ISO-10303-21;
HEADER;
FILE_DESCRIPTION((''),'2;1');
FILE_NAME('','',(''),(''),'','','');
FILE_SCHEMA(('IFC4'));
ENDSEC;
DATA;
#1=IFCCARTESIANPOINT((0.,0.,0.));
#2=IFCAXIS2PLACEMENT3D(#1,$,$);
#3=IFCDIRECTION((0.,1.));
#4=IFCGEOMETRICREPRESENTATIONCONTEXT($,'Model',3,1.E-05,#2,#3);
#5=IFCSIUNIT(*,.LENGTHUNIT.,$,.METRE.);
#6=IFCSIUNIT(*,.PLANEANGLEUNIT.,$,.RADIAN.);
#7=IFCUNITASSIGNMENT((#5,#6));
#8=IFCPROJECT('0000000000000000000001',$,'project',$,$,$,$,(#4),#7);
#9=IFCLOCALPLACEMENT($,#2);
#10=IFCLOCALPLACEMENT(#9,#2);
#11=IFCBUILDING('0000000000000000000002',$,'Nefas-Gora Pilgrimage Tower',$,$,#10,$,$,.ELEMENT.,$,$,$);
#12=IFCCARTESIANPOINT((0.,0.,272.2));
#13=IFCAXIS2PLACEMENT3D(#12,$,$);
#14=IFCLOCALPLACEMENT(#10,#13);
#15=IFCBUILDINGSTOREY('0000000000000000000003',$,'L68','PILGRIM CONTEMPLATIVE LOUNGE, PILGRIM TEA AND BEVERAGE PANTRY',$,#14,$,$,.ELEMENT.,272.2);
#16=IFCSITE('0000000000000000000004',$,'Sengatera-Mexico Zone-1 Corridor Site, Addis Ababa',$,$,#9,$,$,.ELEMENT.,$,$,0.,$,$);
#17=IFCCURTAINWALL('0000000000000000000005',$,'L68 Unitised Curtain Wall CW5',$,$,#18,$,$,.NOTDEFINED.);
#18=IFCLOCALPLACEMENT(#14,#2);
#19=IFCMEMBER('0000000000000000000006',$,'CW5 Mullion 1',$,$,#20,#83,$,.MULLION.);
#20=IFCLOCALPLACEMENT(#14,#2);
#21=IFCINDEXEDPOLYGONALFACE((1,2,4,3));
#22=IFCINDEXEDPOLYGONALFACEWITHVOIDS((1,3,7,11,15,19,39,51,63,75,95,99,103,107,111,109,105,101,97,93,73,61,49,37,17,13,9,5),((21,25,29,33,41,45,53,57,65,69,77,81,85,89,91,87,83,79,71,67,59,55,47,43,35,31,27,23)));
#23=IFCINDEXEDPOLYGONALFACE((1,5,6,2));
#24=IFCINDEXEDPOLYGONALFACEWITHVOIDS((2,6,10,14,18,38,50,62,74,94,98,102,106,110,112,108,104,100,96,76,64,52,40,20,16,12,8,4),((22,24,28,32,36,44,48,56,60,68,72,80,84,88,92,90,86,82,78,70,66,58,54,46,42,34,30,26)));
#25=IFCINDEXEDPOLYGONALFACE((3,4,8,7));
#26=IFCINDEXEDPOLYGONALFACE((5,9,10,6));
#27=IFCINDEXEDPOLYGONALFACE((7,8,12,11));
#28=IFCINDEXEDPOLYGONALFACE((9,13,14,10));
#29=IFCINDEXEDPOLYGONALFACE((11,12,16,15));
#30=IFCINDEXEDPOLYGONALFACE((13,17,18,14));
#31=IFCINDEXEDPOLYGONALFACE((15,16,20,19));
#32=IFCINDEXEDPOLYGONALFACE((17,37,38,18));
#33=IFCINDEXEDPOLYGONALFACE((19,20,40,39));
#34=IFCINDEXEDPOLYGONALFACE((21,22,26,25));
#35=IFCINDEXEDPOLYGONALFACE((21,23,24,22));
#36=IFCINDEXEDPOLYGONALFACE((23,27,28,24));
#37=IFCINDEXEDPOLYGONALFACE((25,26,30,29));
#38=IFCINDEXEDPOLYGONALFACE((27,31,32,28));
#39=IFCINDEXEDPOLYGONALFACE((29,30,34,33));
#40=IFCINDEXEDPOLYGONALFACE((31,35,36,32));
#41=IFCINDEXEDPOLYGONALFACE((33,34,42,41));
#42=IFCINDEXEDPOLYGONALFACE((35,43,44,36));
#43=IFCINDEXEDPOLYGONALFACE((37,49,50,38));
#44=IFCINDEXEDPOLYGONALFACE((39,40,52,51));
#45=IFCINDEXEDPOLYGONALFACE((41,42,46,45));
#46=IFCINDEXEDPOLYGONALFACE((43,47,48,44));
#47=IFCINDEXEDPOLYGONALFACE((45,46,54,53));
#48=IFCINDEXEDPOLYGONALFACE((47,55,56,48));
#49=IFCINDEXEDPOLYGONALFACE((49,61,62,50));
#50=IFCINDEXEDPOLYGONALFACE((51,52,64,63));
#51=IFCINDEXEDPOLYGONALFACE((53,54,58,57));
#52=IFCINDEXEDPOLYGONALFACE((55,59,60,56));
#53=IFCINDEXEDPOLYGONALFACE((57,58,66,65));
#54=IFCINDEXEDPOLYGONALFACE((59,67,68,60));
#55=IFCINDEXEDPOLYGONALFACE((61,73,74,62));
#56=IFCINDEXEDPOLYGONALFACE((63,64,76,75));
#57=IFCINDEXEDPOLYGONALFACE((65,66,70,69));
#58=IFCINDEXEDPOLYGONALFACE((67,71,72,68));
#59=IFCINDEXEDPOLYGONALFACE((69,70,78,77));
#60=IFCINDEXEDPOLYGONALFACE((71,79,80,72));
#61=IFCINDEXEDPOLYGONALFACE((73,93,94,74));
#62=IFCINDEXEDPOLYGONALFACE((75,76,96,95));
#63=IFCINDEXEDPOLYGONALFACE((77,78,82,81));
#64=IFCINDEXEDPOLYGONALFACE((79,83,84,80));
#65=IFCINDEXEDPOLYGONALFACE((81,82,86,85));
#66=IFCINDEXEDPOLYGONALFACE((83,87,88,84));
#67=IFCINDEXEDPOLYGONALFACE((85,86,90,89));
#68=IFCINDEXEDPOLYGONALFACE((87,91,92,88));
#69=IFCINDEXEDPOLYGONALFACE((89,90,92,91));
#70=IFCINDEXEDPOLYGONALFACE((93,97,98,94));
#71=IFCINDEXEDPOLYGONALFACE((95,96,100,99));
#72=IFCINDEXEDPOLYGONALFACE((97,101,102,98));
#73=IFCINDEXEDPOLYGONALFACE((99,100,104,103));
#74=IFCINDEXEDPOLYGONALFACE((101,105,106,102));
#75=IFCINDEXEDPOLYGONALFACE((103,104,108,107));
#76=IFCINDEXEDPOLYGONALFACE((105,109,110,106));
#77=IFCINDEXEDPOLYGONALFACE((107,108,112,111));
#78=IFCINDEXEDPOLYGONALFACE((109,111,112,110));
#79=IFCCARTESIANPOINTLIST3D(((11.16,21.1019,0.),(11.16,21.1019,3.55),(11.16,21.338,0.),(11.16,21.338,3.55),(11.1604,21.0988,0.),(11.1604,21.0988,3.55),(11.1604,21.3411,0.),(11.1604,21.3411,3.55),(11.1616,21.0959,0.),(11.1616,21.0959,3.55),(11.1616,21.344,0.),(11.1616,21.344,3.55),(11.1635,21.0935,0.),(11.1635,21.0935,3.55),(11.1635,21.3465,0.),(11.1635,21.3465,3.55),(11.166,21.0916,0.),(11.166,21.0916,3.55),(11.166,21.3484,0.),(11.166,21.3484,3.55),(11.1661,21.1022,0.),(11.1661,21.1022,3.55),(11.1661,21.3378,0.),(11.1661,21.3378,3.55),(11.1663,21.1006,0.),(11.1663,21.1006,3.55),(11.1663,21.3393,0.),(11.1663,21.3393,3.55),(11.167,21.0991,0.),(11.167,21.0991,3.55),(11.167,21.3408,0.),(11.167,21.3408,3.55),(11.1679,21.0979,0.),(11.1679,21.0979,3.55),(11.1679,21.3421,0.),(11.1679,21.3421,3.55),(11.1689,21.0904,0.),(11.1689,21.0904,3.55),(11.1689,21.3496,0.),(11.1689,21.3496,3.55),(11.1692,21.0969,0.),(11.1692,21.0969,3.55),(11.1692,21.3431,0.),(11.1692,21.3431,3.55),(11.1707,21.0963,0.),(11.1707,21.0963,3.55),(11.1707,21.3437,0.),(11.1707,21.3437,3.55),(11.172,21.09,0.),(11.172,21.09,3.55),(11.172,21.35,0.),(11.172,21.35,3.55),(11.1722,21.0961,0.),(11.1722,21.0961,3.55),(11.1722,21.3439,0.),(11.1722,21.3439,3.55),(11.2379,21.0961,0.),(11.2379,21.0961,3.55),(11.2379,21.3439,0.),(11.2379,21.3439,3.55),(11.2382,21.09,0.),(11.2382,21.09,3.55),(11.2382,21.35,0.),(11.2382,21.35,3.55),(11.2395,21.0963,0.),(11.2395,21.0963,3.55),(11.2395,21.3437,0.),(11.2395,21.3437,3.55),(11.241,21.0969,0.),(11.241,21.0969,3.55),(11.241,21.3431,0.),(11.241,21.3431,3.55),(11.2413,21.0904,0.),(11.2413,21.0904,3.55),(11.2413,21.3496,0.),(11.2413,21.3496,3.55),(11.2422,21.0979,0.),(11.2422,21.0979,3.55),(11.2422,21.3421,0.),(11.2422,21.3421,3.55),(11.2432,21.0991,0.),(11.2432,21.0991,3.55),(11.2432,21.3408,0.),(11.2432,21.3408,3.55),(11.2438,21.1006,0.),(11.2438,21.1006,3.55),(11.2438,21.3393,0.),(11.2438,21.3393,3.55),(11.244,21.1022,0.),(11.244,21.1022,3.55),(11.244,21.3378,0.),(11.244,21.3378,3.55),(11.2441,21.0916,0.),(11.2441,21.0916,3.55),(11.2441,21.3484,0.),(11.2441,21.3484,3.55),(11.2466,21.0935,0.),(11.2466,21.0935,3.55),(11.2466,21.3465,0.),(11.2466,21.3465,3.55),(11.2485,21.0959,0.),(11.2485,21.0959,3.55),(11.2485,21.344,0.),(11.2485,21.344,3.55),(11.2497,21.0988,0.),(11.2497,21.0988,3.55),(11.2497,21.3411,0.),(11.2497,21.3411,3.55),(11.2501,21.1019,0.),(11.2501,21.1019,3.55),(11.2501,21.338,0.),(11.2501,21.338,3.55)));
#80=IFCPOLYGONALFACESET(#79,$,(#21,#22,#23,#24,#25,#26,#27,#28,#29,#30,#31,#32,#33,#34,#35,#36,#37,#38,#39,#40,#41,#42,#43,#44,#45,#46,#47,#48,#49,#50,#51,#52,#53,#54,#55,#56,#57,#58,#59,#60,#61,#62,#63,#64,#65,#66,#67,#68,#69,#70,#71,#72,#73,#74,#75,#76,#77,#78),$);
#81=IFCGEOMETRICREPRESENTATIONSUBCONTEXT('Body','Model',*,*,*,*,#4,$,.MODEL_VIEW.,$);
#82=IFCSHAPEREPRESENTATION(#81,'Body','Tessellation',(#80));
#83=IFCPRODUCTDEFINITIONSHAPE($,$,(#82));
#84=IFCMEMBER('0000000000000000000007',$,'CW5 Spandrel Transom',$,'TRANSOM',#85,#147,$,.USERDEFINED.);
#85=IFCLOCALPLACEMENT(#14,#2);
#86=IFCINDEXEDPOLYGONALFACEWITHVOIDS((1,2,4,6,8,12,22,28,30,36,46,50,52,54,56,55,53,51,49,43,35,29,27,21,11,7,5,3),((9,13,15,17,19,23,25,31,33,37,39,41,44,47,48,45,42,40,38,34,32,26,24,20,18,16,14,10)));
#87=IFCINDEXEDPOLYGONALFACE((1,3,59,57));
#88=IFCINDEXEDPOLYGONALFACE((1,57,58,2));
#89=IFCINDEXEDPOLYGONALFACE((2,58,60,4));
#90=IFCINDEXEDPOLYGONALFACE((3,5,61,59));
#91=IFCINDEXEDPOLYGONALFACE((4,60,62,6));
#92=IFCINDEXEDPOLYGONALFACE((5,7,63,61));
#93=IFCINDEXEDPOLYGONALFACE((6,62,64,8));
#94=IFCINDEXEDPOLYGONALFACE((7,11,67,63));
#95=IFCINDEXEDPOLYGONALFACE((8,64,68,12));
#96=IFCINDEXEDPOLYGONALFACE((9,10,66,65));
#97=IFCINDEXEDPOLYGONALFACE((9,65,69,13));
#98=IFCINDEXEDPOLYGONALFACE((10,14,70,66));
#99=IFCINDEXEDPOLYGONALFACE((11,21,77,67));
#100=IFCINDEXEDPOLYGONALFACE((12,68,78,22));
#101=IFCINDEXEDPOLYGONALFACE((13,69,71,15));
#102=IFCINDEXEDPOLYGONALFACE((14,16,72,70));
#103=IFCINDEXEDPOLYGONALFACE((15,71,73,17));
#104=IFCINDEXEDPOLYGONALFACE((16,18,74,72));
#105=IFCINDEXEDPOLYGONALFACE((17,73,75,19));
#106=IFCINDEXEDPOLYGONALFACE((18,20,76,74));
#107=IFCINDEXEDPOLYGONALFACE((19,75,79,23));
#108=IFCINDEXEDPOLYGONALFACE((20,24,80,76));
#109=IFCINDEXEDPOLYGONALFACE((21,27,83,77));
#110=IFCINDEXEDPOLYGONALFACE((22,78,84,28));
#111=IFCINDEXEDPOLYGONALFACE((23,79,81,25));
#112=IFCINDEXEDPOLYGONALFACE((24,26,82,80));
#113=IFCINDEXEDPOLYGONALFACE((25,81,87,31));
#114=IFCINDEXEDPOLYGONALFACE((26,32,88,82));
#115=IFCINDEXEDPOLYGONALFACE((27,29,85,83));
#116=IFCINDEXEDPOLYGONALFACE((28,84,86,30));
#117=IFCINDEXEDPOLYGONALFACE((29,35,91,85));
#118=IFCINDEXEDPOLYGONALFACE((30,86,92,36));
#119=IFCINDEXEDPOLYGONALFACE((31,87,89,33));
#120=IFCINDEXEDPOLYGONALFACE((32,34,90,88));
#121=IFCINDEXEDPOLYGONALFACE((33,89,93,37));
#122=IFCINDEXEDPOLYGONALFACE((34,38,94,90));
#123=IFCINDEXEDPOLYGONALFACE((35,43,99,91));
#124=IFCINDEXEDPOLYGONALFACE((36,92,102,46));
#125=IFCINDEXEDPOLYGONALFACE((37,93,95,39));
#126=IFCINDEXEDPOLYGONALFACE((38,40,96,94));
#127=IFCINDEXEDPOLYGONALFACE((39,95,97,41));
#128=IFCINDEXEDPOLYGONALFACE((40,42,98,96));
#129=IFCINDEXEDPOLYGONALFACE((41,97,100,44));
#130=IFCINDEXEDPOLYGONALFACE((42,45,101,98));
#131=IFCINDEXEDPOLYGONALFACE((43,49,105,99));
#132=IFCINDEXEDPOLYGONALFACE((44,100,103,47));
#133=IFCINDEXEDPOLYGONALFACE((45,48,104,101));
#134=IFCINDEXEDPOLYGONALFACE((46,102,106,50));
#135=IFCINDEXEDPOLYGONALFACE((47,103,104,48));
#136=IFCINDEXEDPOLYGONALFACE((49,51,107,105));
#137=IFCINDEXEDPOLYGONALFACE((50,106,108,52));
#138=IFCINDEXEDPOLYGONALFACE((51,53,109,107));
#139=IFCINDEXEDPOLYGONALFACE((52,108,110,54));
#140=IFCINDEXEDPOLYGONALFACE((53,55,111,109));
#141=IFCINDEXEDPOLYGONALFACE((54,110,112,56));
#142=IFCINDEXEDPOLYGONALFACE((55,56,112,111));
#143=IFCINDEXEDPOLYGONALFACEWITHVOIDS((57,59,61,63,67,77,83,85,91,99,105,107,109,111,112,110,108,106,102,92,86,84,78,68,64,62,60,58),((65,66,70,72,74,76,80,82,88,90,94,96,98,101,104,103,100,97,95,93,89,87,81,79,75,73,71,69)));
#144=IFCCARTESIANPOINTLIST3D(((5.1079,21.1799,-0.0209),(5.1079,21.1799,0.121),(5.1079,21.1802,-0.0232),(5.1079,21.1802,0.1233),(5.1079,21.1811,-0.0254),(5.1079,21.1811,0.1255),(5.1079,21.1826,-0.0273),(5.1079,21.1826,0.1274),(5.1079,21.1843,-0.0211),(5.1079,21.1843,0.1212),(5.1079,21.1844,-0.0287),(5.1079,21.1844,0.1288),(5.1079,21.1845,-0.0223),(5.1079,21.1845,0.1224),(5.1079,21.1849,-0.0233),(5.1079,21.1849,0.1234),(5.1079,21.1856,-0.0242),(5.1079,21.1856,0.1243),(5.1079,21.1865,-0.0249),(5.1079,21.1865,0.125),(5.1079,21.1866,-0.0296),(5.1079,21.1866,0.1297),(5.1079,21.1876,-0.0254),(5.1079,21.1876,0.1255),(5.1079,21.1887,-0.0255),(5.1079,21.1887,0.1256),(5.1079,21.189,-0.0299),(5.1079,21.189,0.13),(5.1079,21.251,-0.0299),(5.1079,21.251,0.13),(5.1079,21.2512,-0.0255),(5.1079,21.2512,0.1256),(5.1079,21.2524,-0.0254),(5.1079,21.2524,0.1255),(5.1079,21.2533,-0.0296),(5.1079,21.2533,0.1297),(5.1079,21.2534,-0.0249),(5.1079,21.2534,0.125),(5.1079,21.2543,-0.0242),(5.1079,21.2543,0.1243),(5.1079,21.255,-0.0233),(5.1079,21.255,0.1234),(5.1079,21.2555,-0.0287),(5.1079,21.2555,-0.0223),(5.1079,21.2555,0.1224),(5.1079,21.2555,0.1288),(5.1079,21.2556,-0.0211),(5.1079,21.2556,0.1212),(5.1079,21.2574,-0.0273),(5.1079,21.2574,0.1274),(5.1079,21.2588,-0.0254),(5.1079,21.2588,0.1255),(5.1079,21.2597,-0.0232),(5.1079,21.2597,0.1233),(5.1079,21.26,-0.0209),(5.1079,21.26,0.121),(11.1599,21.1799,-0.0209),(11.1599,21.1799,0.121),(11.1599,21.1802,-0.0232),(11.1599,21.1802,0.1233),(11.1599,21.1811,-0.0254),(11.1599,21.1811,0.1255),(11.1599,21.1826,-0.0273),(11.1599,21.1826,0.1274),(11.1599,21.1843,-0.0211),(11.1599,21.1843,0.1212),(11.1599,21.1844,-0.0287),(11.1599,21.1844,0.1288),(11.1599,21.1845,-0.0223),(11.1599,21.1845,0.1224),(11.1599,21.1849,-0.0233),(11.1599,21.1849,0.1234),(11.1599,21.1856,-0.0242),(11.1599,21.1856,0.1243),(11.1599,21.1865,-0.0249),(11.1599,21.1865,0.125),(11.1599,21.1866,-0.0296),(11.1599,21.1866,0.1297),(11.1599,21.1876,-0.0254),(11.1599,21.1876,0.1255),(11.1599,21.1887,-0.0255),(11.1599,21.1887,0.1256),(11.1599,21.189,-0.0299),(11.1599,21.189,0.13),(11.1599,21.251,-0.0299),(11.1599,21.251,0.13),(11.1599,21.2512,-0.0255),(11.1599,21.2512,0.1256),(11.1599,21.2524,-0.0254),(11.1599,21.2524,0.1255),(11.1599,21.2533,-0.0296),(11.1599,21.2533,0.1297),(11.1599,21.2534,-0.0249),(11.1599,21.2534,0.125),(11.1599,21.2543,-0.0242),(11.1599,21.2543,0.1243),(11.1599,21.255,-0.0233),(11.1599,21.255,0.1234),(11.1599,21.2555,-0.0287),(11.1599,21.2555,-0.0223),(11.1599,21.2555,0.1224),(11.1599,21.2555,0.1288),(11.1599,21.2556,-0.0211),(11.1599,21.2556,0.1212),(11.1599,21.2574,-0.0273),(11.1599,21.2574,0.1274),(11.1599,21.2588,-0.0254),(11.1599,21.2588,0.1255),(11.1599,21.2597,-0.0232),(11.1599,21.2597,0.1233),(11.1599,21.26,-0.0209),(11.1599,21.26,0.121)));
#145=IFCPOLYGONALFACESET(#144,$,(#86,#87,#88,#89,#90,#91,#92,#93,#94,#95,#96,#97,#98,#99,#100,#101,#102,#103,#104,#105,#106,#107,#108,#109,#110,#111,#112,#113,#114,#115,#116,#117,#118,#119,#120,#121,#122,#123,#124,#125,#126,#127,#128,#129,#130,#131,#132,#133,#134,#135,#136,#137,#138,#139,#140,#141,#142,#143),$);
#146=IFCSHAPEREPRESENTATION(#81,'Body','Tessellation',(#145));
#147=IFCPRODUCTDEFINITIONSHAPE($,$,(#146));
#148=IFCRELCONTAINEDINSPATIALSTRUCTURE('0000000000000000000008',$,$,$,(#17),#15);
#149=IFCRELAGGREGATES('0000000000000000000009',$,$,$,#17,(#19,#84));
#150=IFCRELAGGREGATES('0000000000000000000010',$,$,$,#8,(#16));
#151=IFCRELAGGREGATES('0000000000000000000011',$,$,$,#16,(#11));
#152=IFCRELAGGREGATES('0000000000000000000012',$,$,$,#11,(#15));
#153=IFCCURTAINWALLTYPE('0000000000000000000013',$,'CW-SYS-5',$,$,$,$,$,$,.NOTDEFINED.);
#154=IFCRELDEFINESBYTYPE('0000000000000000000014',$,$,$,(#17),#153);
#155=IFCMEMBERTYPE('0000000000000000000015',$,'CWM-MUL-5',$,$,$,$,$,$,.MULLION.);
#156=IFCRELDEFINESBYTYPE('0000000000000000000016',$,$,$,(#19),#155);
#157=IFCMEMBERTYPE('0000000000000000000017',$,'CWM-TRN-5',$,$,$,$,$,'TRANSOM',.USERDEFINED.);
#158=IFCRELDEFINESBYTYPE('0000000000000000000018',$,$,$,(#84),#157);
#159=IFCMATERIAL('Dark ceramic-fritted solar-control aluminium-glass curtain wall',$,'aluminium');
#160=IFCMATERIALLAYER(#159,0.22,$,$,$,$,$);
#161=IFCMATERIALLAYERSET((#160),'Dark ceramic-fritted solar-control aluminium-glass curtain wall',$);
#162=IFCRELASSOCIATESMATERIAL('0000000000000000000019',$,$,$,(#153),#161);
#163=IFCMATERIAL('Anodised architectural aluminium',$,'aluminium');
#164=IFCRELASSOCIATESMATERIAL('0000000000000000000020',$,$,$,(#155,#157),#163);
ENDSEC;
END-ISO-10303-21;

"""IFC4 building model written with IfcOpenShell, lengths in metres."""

from ifc_helpers import new_model, si_unit, direction, frame, origin, origin_2d, place, context, subcontext, project, spatial, hollow_rectangle, extrude, source, transform, mapped, material, layer, layer_set, material_profile, profile_set, type_object, element, aggregate, save


model = new_model("IFC4")

# Units and contexts
model_context = context("Model", 3, precision=1e-05, world=origin(), true_north=direction((0.0, 1.0)))
body_context = subcontext(model_context, "Body", "Model", "MODEL_VIEW")
ifc_project = project(units=[si_unit("LENGTHUNIT", "METRE"), si_unit("PLANEANGLEUNIT", "RADIAN")], contexts=[model_context])

# Site, building, storey
site_placement = place(None, origin())
site = spatial("IfcSite", under=ifc_project, at=site_placement, Name="Sengatera-Mexico Zone-1 Corridor Site, Addis Ababa", CompositionType="ELEMENT", RefElevation=0.0)
building_placement = place(site_placement, origin())
building = spatial("IfcBuilding", under=site, at=building_placement, Name="Nefas-Gora Pilgrimage Tower", CompositionType="ELEMENT")
storey_placement = place(building_placement, frame((0.0, 0.0, 272.2)))
storey = spatial("IfcBuildingStorey", under=building, at=storey_placement, Name="L68", Description="PILGRIM CONTEMPLATIVE LOUNGE, PILGRIM TEA AND BEVERAGE PANTRY", CompositionType="ELEMENT", Elevation=272.2)

# Curtain wall, members
ifc_material_1 = material(Name="Dark ceramic-fritted solar-control aluminium-glass curtain wall", Category="aluminium")
ifc_layer_1 = layer(ifc_material_1, 0.22)
ifc_layer_set_1 = layer_set([ifc_layer_1], Name="Dark ceramic-fritted solar-control aluminium-glass curtain wall")
curtain_wall_type_1 = type_object("IfcCurtainWallType", Name="CW-SYS-5", PredefinedType="NOTDEFINED", material=ifc_layer_set_1)
curtain_wall_1_placement = place(storey_placement, origin())
curtain_wall_1 = element("IfcCurtainWall", 1, at=curtain_wall_1_placement, inside=storey, type_object=curtain_wall_type_1, Name="L68 Unitised Curtain Wall CW5", PredefinedType="NOTDEFINED")
ifc_material_2 = material(Name="Anodised architectural aluminium", Category="aluminium")
ifc_material_profile_1 = material_profile(ifc_material_2, hollow_rectangle(XDim=0.0901, YDim=0.26, WallThickness=0.0061, InnerFilletRadius=0.0061, OuterFilletRadius=0.012, at=origin_2d()), Name="ALU MULLION 90x260")
ifc_profile_set_1 = profile_set([ifc_material_profile_1], Name="Anodised architectural aluminium")
member_type_1 = type_object("IfcMemberType", Name="CWM-MUL-5", PredefinedType="MULLION", material=ifc_profile_set_1)
shared_shape_1 = source(origin(), body_context, "Body", "SweptSolid", [
    extrude(hollow_rectangle(XDim=0.0901, YDim=0.26, WallThickness=0.0061, InnerFilletRadius=0.0061, OuterFilletRadius=0.012, at=origin_2d()), origin(), (0.0, 0.0, 1.0), 3.55),
])
member_1_placement = place(storey_placement, frame((11.2051, 21.22, 0.0), z_axis=(0.0, 0.0, 1.0), x_axis=(-1.0, 0.0, 0.0)))
member_1 = element("IfcMember", 2, at=member_1_placement, type_object=member_type_1, Name="CW5 Mullion 1", PredefinedType="MULLION", context=body_context, shape_type="MappedRepresentation", body=[
    mapped(shared_shape_1, transform((0.0, 0.0, 0.0), x_axis=(1.0, 0.0, 0.0), y_axis=(0.0, 1.0, 0.0), z_axis=(0.0, 0.0, 1.0), scale=1.0)),
])
ifc_material_profile_2 = material_profile(ifc_material_2, hollow_rectangle(XDim=0.0801, YDim=0.1599, WallThickness=0.0044, InnerFilletRadius=0.0044, OuterFilletRadius=0.009, at=origin_2d()), Name="ALU TRANSOM 80x160")
ifc_profile_set_2 = profile_set([ifc_material_profile_2], Name="Anodised architectural aluminium")
member_type_2 = type_object("IfcMemberType", Name="CWM-TRN-5", ElementType="TRANSOM", PredefinedType="USERDEFINED", material=ifc_profile_set_2)
shared_shape_2 = source(origin(), body_context, "Body", "SweptSolid", [
    extrude(hollow_rectangle(XDim=0.0801, YDim=0.1599, WallThickness=0.0044, InnerFilletRadius=0.0044, OuterFilletRadius=0.009, at=origin_2d()), origin(), (0.0, 0.0, 1.0), 6.052),
])
member_2_placement = place(storey_placement, frame((11.1599, 21.22, 0.05), z_axis=(-1.0, 0.0, 0.0), x_axis=(0.0, -1.0, 0.0)))
member_2 = element("IfcMember", 3, at=member_2_placement, type_object=member_type_2, Name="CW5 Spandrel Transom", ObjectType="TRANSOM", PredefinedType="USERDEFINED", context=body_context, shape_type="MappedRepresentation", body=[
    mapped(shared_shape_2, transform((0.0, 0.0, 0.0), x_axis=(1.0, 0.0, 0.0), y_axis=(0.0, 1.0, 0.0), z_axis=(0.0, 0.0, 1.0), scale=1.0)),
])

aggregate(curtain_wall_1, [member_1, member_2])

save(model, "model.ifc")
